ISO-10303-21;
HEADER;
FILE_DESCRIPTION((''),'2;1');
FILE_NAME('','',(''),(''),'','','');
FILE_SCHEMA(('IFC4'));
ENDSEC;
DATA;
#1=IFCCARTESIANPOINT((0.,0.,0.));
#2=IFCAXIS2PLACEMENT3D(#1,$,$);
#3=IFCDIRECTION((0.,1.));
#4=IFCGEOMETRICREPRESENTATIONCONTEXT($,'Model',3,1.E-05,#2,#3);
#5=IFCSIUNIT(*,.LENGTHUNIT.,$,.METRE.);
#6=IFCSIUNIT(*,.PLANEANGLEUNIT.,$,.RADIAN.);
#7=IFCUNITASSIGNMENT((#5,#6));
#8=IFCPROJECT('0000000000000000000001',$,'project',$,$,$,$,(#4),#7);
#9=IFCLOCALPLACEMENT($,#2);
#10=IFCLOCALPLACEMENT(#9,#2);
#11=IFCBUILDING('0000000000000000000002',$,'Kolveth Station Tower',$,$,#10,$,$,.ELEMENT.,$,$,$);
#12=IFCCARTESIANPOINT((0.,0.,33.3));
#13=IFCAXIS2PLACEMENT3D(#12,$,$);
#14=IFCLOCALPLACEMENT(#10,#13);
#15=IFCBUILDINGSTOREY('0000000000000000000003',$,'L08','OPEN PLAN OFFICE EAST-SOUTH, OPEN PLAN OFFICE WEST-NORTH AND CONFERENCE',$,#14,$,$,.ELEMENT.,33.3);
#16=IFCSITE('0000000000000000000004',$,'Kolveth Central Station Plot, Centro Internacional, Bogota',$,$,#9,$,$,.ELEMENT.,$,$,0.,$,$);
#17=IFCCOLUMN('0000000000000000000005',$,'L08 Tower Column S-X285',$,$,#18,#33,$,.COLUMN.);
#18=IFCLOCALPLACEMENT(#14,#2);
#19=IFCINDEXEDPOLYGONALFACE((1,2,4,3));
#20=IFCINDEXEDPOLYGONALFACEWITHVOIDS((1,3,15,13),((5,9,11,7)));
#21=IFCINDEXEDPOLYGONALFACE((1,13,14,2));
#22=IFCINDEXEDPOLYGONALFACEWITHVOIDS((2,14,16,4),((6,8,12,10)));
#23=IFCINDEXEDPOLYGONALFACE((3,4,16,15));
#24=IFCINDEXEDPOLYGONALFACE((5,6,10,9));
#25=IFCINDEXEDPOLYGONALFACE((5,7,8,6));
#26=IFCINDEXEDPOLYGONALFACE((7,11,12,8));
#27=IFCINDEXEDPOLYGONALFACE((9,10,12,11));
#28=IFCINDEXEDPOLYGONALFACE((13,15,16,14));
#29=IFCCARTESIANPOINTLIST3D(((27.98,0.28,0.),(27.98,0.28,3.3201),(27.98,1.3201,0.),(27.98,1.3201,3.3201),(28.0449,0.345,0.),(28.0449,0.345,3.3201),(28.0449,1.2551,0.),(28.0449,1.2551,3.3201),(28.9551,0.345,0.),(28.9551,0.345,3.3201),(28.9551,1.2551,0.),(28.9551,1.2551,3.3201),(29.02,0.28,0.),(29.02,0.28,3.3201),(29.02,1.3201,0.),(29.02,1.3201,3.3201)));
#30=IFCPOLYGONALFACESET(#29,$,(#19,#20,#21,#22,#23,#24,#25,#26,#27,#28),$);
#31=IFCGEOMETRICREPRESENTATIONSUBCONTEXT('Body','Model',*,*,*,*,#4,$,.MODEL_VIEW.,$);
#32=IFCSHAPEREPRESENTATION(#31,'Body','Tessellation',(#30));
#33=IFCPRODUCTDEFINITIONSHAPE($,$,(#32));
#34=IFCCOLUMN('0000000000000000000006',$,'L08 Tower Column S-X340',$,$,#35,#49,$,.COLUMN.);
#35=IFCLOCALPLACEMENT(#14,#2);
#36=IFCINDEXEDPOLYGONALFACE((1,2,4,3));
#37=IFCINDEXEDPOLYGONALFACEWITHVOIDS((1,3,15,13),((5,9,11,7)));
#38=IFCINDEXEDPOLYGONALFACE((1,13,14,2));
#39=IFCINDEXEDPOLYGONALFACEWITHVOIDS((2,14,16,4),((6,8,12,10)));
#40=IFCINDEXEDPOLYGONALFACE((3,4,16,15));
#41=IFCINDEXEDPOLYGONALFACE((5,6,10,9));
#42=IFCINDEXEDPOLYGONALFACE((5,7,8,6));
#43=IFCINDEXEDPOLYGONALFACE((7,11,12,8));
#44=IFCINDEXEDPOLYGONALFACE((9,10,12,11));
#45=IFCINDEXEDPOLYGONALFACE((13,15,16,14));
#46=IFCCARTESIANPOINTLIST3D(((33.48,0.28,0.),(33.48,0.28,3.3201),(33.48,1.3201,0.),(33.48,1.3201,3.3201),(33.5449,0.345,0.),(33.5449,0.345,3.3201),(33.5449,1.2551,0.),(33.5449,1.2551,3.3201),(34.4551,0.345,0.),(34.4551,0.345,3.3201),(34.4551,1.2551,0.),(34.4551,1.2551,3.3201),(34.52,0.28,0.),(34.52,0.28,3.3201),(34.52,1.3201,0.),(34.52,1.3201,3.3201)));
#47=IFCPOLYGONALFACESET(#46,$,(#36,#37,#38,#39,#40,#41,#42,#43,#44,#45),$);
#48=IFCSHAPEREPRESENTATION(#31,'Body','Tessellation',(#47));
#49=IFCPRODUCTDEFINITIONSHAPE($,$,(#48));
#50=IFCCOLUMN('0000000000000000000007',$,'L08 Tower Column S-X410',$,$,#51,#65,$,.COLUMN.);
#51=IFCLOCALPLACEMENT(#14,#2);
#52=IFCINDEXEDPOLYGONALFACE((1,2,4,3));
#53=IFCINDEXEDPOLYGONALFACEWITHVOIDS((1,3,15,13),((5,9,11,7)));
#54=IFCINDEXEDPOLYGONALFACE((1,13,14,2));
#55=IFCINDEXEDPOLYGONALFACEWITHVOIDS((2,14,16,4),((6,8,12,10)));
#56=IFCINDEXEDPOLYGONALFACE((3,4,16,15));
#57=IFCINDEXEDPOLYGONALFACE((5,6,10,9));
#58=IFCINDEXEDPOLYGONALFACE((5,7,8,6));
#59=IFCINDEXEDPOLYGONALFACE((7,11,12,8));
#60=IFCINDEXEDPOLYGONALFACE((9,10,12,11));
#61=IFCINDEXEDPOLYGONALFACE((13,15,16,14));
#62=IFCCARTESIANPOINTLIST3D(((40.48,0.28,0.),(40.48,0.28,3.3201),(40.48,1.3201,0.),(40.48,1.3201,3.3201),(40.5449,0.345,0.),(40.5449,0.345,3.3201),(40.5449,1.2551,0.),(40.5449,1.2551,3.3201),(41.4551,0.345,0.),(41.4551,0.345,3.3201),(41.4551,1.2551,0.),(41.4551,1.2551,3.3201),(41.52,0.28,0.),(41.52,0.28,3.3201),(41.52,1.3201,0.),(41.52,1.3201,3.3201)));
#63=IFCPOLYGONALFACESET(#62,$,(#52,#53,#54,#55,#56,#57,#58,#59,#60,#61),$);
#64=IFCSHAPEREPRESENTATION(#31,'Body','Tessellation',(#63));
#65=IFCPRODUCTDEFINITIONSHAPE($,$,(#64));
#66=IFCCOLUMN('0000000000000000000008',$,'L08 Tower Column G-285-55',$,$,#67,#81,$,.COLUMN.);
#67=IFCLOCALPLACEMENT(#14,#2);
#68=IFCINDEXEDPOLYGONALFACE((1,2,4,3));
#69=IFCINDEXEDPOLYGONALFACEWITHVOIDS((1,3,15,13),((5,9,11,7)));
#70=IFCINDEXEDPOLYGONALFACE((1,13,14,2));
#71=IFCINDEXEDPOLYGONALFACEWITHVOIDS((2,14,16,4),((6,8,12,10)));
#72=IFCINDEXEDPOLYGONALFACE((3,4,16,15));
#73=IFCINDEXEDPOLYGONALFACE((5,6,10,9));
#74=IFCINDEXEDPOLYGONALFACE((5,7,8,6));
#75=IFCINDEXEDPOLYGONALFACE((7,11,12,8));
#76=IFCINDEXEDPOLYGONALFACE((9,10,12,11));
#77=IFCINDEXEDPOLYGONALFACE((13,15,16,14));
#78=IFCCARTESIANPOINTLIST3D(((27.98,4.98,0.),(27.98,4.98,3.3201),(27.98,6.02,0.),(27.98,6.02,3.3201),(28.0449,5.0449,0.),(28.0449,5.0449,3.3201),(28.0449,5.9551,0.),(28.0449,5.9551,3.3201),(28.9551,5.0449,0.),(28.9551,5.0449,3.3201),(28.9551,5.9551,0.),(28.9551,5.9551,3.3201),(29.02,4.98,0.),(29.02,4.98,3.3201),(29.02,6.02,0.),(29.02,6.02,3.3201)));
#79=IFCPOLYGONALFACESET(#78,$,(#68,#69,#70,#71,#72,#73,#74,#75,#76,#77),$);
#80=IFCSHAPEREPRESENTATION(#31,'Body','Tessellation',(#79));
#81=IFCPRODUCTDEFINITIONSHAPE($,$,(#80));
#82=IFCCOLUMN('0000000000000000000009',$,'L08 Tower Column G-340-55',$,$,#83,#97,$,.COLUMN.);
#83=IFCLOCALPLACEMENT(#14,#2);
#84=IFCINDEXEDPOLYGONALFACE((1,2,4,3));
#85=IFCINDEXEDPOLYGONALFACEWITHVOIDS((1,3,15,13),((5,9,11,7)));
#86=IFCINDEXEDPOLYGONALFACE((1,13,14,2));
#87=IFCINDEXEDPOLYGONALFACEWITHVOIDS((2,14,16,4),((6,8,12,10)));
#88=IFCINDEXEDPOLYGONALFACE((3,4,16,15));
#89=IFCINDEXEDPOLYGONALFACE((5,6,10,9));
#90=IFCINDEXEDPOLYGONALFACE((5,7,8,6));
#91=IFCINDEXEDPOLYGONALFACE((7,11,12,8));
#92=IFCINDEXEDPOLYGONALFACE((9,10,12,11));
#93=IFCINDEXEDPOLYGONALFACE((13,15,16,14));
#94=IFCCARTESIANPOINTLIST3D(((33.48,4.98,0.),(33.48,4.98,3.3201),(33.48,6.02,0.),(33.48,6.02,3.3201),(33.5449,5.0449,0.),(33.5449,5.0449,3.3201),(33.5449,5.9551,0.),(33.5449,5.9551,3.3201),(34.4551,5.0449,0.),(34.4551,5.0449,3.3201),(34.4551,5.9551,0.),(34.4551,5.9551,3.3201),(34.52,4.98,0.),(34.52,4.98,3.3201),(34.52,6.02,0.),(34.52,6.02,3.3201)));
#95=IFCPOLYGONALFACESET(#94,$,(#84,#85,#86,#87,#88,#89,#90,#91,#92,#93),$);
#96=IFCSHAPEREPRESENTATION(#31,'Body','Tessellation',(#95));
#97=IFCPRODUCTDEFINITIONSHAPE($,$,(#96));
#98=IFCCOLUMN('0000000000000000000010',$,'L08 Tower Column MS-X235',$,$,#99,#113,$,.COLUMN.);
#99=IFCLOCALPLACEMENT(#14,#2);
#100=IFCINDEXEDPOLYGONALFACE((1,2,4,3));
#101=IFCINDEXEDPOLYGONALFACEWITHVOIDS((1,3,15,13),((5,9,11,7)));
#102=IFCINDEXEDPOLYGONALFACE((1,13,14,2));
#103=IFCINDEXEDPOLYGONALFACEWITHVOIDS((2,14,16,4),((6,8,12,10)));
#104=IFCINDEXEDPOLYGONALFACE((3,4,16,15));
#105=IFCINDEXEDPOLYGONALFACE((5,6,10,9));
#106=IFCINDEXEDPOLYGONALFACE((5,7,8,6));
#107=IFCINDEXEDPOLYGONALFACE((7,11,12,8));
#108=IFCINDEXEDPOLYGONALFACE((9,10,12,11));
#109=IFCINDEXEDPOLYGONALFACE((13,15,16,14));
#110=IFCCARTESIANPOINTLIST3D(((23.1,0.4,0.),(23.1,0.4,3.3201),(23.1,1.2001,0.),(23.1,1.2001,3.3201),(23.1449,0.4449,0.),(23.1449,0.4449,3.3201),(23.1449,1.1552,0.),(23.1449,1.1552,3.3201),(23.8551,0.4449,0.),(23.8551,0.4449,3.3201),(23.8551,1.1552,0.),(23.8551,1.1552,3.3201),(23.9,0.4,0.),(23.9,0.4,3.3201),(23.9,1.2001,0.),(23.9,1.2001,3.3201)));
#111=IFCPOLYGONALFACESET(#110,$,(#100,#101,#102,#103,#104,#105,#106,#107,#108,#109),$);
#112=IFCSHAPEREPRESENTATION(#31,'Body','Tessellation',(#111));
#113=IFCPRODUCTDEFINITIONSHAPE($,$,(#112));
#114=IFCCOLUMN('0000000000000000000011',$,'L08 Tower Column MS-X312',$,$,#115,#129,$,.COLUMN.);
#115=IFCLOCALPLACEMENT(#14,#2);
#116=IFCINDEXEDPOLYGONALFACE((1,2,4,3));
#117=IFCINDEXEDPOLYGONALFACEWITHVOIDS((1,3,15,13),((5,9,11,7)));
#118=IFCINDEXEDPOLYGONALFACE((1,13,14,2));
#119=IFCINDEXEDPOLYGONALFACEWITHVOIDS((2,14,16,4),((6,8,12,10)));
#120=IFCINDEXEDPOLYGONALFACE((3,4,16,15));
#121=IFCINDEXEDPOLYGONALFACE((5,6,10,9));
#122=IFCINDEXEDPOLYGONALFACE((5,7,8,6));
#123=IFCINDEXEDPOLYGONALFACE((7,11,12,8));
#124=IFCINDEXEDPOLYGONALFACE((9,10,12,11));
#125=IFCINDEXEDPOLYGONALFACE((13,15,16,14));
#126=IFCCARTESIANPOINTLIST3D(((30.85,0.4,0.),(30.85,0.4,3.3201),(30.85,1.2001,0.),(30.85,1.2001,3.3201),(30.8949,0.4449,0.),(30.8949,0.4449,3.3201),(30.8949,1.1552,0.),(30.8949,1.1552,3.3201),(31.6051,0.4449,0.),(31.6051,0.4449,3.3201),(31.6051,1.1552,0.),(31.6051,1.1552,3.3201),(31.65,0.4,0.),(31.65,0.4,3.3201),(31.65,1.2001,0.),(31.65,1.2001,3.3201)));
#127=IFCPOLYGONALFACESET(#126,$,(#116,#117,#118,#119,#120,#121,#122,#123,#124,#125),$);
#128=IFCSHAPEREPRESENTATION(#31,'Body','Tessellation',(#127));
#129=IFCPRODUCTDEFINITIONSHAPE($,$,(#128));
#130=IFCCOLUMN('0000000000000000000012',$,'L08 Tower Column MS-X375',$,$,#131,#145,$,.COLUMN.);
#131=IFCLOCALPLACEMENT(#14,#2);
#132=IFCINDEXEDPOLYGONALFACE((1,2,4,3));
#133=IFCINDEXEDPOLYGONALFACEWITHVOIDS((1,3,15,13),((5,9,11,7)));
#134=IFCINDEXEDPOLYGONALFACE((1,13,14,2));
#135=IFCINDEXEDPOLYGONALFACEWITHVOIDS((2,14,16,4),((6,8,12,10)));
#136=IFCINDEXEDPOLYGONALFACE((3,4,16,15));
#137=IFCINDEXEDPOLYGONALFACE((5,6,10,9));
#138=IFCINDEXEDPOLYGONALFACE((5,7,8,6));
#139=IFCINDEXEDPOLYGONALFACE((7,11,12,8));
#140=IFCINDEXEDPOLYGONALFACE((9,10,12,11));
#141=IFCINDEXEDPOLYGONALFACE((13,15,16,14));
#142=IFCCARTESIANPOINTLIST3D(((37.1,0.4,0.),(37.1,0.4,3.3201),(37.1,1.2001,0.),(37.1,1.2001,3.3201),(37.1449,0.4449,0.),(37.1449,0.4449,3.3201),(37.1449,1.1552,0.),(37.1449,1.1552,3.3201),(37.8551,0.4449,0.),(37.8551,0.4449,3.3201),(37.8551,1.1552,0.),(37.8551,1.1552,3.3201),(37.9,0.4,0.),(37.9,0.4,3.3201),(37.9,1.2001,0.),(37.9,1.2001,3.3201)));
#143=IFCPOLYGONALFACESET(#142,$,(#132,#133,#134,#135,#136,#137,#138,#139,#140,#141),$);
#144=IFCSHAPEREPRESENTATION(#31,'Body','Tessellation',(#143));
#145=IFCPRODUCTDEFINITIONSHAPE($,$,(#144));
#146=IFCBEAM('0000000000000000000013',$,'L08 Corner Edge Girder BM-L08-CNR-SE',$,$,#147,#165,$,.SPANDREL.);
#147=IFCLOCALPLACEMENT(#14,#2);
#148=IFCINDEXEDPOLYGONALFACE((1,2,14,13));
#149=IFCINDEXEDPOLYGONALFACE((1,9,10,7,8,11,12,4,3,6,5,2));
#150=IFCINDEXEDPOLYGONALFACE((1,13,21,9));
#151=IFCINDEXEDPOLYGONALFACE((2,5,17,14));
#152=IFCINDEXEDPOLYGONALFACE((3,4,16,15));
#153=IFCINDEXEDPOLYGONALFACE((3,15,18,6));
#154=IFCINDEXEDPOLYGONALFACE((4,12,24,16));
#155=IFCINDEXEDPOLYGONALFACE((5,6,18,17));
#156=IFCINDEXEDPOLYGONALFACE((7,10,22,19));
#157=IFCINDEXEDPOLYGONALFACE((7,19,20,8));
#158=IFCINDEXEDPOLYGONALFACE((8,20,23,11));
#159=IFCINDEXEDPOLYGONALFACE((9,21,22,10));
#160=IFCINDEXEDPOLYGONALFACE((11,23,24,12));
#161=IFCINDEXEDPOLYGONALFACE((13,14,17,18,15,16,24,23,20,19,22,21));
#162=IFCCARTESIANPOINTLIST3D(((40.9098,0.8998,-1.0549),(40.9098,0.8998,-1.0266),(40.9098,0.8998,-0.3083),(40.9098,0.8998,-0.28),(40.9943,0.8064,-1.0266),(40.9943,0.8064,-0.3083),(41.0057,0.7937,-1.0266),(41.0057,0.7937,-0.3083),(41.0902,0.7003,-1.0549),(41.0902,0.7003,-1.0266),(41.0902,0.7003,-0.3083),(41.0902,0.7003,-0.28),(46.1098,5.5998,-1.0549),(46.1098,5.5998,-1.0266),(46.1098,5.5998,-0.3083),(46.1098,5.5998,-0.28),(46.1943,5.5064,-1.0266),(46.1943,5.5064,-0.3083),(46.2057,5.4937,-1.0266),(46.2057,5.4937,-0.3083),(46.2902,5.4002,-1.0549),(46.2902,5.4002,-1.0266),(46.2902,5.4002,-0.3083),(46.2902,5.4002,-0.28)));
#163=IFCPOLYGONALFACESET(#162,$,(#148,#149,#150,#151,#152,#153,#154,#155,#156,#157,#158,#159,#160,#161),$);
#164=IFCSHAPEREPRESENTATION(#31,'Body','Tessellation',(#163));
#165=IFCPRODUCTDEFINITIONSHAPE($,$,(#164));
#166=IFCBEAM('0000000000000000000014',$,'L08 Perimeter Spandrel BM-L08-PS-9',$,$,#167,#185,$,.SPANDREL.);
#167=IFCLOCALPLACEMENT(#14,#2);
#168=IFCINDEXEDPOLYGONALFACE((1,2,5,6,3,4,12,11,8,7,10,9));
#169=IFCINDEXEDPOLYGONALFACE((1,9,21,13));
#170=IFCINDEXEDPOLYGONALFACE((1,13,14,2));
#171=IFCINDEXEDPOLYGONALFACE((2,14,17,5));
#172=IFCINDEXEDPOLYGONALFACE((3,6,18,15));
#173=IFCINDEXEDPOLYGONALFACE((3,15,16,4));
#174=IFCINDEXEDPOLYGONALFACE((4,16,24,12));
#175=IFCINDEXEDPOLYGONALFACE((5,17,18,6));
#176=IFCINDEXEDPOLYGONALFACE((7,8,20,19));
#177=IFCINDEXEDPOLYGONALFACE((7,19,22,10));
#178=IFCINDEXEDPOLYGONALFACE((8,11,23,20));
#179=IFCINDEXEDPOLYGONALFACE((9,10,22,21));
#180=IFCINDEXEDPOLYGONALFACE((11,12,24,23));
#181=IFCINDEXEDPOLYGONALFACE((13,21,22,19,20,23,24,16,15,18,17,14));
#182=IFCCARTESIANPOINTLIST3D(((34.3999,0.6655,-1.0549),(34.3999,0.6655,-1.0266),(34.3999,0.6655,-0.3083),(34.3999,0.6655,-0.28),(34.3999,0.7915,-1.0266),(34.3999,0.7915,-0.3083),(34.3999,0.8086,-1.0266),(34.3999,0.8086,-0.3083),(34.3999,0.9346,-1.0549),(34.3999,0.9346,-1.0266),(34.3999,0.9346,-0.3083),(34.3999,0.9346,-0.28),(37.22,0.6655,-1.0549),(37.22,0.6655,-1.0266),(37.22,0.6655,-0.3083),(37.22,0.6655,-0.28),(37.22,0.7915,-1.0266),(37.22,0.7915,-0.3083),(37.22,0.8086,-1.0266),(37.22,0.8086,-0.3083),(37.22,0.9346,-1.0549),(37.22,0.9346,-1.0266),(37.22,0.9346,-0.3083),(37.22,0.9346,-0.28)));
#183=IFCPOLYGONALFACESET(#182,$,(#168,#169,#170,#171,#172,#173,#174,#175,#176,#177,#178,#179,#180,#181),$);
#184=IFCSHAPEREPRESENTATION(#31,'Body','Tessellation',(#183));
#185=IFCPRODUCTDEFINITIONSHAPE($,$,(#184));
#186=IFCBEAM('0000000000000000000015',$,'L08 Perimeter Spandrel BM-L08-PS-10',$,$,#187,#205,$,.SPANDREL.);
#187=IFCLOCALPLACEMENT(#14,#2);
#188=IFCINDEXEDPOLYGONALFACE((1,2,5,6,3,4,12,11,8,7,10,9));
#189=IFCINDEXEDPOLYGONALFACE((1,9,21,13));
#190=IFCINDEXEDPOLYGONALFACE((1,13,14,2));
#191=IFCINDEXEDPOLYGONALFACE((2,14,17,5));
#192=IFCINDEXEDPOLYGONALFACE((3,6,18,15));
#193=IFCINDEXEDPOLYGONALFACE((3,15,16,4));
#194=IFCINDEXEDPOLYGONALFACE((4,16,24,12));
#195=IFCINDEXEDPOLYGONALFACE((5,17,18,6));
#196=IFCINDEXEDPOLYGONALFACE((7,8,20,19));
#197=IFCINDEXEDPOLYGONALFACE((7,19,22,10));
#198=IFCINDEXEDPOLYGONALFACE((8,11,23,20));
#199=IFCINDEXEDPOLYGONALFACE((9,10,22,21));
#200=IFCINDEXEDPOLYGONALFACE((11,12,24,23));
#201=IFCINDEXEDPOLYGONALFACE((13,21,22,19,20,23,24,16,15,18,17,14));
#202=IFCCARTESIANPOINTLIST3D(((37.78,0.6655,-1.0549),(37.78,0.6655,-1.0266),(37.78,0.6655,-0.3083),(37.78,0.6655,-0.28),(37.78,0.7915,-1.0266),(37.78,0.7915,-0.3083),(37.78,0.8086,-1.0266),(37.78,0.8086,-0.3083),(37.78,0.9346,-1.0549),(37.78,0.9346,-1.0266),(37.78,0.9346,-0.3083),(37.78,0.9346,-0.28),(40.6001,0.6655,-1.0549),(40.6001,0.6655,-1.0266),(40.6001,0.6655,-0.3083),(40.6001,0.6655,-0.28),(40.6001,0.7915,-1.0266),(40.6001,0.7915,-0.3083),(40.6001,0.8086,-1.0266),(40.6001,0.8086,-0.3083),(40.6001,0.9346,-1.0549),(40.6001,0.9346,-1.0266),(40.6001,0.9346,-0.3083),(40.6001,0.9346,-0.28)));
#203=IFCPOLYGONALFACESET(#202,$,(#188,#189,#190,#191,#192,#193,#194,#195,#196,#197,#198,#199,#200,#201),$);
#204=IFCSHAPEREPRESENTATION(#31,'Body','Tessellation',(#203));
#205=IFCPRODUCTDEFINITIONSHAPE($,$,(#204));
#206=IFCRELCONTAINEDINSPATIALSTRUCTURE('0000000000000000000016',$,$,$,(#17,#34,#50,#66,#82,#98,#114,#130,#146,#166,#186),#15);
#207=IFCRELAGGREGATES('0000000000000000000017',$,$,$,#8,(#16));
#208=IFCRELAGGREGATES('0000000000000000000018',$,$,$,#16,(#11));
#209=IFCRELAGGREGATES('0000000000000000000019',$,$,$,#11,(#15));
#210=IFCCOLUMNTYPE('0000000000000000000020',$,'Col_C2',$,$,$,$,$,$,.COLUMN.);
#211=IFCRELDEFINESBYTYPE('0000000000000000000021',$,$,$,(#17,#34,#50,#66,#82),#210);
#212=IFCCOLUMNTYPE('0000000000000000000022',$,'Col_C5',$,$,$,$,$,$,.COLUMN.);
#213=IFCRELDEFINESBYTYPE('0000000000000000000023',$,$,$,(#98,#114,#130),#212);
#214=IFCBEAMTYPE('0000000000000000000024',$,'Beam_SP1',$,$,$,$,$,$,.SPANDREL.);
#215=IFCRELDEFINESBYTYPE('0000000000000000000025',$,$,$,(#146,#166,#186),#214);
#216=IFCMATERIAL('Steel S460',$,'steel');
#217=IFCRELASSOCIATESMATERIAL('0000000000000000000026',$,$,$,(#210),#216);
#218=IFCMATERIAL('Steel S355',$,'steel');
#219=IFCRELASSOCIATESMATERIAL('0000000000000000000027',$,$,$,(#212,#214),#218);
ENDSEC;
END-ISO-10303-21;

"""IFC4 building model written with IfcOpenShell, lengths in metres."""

from ifc_helpers import new_model, si_unit, direction, frame, origin, origin_2d, place, context, subcontext, project, spatial, hollow_rectangle, i_section, extrude, source, transform, mapped, material, material_profile, profile_set, type_object, element, save


model = new_model("IFC4")

# Units and contexts
model_context = context("Model", 3, precision=1e-05, world=origin(), true_north=direction((0.0, 1.0)))
body_context = subcontext(model_context, "Body", "Model", "MODEL_VIEW")
ifc_project = project(units=[si_unit("LENGTHUNIT", "METRE"), si_unit("PLANEANGLEUNIT", "RADIAN")], contexts=[model_context])

# Site, building, storey
site_placement = place(None, origin())
site = spatial("IfcSite", under=ifc_project, at=site_placement, Name="Kolveth Central Station Plot, Centro Internacional, Bogota", CompositionType="ELEMENT", RefElevation=0.0)
building_placement = place(site_placement, origin())
building = spatial("IfcBuilding", under=site, at=building_placement, Name="Kolveth Station Tower", CompositionType="ELEMENT")
storey_placement = place(building_placement, frame((0.0, 0.0, 33.3)))
storey = spatial("IfcBuildingStorey", under=building, at=storey_placement, Name="L08", Description="OPEN PLAN OFFICE EAST-SOUTH, OPEN PLAN OFFICE WEST-NORTH AND CONFERENCE", CompositionType="ELEMENT", Elevation=33.3)

# Columns
ifc_material_1 = material(Name="Steel S460", Category="steel")
ifc_material_profile_1 = material_profile(ifc_material_1, hollow_rectangle(XDim=1.04, YDim=1.04, WallThickness=0.0649, at=origin_2d()), Name="BOX1040x1040x65")
ifc_profile_set_1 = profile_set([ifc_material_profile_1], Name="Steel S460")
column_type_1 = type_object("IfcColumnType", Name="Col_C2", PredefinedType="COLUMN", material=ifc_profile_set_1)
shared_shape_1 = source(origin(), body_context, "Body", "SweptSolid", [
    extrude(hollow_rectangle(XDim=1.04, YDim=1.04, WallThickness=0.0649, at=origin_2d()), origin(), (0.0, 0.0, 1.0), 3.3201),
])
for number, where, z_axis, x_axis, name in (
    (1, (28.5, 0.8, 0.0), (0.0, 0.0, 1.0), (1.0, 0.0, 0.0), "L08 Tower Column S-X285"),
    (2, (34.0, 0.8, 0.0), (0.0, 0.0, 1.0), (1.0, 0.0, 0.0), "L08 Tower Column S-X340"),
    (3, (41.0, 0.8, 0.0), (0.0, 0.0, 1.0), (1.0, 0.0, 0.0), "L08 Tower Column S-X410"),
    (4, (28.5, 5.5, 0.0), (0.0, 0.0, 1.0), (1.0, 0.0, 0.0), "L08 Tower Column G-285-55"),
    (5, (34.0, 5.5, 0.0), (0.0, 0.0, 1.0), (1.0, 0.0, 0.0), "L08 Tower Column G-340-55"),
):
    element("IfcColumn", number, at=place(storey_placement, frame(where, z_axis=z_axis, x_axis=x_axis)), inside=storey, type_object=column_type_1, Name=name, PredefinedType="COLUMN", context=body_context, shape_type="MappedRepresentation", body=[
        mapped(shared_shape_1, transform((0.0, 0.0, 0.0), x_axis=(1.0, 0.0, 0.0), y_axis=(0.0, 1.0, 0.0), z_axis=(0.0, 0.0, 1.0), scale=1.0)),
    ])
ifc_material_2 = material(Name="Steel S355", Category="steel")
ifc_material_profile_2 = material_profile(ifc_material_2, hollow_rectangle(XDim=0.8, YDim=0.8, WallThickness=0.0449, at=origin_2d()), Name="BOX800x800x45")
ifc_profile_set_2 = profile_set([ifc_material_profile_2], Name="Steel S355")
column_type_2 = type_object("IfcColumnType", Name="Col_C5", PredefinedType="COLUMN", material=ifc_profile_set_2)
shared_shape_2 = source(origin(), body_context, "Body", "SweptSolid", [
    extrude(hollow_rectangle(XDim=0.8, YDim=0.8, WallThickness=0.0449, at=origin_2d()), origin(), (0.0, 0.0, 1.0), 3.3201),
])
for number, where, z_axis, x_axis, name in (
    (6, (23.5, 0.8, 0.0), (0.0, 0.0, 1.0), (1.0, 0.0, 0.0), "L08 Tower Column MS-X235"),
    (7, (31.25, 0.8, 0.0), (0.0, 0.0, 1.0), (1.0, 0.0, 0.0), "L08 Tower Column MS-X312"),
    (8, (37.5, 0.8, 0.0), (0.0, 0.0, 1.0), (1.0, 0.0, 0.0), "L08 Tower Column MS-X375"),
):
    element("IfcColumn", number, at=place(storey_placement, frame(where, z_axis=z_axis, x_axis=x_axis)), inside=storey, type_object=column_type_2, Name=name, PredefinedType="COLUMN", context=body_context, shape_type="MappedRepresentation", body=[
        mapped(shared_shape_2, transform((0.0, 0.0, 0.0), x_axis=(1.0, 0.0, 0.0), y_axis=(0.0, 1.0, 0.0), z_axis=(0.0, 0.0, 1.0), scale=1.0)),
    ])

# Beams
ifc_material_profile_3 = material_profile(ifc_material_2, i_section(OverallWidth=0.269, OverallDepth=0.7749, WebThickness=0.0171, FlangeThickness=0.0283, at=origin_2d()), Name="W760x220")
ifc_profile_set_3 = profile_set([ifc_material_profile_3], Name="Steel S355")
beam_type_1 = type_object("IfcBeamType", Name="Beam_SP1", PredefinedType="SPANDREL", material=ifc_profile_set_3)
shared_shape_3 = source(origin(), body_context, "Body", "SweptSolid", [
    extrude(i_section(OverallWidth=0.269, OverallDepth=0.7749, WebThickness=0.0171, FlangeThickness=0.0283, at=origin_2d()), origin(), (0.0, 0.0, 1.0), 7.0093),
])
beam_1_placement = place(storey_placement, frame((41.0, 0.8, -0.6675), z_axis=(0.741874, 0.670539, 0.0), x_axis=(-0.670539, 0.741874, 0.0)))
element("IfcBeam", 9, at=beam_1_placement, inside=storey, type_object=beam_type_1, Name="L08 Corner Edge Girder BM-L08-CNR-SE", PredefinedType="SPANDREL", context=body_context, shape_type="MappedRepresentation", body=[
    mapped(shared_shape_3, transform((0.0, 0.0, 0.0), x_axis=(1.0, 0.0, 0.0), y_axis=(0.0, 1.0, 0.0), z_axis=(0.0, 0.0, 1.0), scale=1.0)),
])
shared_shape_4 = source(origin(), body_context, "Body", "SweptSolid", [
    extrude(i_section(OverallWidth=0.269, OverallDepth=0.7749, WebThickness=0.0171, FlangeThickness=0.0283, at=origin_2d()), origin(), (0.0, 0.0, 1.0), 2.8201),
])
for number, where, z_axis, x_axis, name in (
    (10, (34.3999, 0.8, -0.6675), (1.0, 0.0, 0.0), (0.0, 1.0, 0.0), "L08 Perimeter Spandrel BM-L08-PS-9"),
    (11, (37.78, 0.8, -0.6675), (1.0, 0.0, 0.0), (0.0, 1.0, 0.0), "L08 Perimeter Spandrel BM-L08-PS-10"),
):
    element("IfcBeam", number, at=place(storey_placement, frame(where, z_axis=z_axis, x_axis=x_axis)), inside=storey, type_object=beam_type_1, Name=name, PredefinedType="SPANDREL", context=body_context, shape_type="MappedRepresentation", body=[
        mapped(shared_shape_4, transform((0.0, 0.0, 0.0), x_axis=(1.0, 0.0, 0.0), y_axis=(0.0, 1.0, 0.0), z_axis=(0.0, 0.0, 1.0), scale=1.0)),
    ])

save(model, "model.ifc")
